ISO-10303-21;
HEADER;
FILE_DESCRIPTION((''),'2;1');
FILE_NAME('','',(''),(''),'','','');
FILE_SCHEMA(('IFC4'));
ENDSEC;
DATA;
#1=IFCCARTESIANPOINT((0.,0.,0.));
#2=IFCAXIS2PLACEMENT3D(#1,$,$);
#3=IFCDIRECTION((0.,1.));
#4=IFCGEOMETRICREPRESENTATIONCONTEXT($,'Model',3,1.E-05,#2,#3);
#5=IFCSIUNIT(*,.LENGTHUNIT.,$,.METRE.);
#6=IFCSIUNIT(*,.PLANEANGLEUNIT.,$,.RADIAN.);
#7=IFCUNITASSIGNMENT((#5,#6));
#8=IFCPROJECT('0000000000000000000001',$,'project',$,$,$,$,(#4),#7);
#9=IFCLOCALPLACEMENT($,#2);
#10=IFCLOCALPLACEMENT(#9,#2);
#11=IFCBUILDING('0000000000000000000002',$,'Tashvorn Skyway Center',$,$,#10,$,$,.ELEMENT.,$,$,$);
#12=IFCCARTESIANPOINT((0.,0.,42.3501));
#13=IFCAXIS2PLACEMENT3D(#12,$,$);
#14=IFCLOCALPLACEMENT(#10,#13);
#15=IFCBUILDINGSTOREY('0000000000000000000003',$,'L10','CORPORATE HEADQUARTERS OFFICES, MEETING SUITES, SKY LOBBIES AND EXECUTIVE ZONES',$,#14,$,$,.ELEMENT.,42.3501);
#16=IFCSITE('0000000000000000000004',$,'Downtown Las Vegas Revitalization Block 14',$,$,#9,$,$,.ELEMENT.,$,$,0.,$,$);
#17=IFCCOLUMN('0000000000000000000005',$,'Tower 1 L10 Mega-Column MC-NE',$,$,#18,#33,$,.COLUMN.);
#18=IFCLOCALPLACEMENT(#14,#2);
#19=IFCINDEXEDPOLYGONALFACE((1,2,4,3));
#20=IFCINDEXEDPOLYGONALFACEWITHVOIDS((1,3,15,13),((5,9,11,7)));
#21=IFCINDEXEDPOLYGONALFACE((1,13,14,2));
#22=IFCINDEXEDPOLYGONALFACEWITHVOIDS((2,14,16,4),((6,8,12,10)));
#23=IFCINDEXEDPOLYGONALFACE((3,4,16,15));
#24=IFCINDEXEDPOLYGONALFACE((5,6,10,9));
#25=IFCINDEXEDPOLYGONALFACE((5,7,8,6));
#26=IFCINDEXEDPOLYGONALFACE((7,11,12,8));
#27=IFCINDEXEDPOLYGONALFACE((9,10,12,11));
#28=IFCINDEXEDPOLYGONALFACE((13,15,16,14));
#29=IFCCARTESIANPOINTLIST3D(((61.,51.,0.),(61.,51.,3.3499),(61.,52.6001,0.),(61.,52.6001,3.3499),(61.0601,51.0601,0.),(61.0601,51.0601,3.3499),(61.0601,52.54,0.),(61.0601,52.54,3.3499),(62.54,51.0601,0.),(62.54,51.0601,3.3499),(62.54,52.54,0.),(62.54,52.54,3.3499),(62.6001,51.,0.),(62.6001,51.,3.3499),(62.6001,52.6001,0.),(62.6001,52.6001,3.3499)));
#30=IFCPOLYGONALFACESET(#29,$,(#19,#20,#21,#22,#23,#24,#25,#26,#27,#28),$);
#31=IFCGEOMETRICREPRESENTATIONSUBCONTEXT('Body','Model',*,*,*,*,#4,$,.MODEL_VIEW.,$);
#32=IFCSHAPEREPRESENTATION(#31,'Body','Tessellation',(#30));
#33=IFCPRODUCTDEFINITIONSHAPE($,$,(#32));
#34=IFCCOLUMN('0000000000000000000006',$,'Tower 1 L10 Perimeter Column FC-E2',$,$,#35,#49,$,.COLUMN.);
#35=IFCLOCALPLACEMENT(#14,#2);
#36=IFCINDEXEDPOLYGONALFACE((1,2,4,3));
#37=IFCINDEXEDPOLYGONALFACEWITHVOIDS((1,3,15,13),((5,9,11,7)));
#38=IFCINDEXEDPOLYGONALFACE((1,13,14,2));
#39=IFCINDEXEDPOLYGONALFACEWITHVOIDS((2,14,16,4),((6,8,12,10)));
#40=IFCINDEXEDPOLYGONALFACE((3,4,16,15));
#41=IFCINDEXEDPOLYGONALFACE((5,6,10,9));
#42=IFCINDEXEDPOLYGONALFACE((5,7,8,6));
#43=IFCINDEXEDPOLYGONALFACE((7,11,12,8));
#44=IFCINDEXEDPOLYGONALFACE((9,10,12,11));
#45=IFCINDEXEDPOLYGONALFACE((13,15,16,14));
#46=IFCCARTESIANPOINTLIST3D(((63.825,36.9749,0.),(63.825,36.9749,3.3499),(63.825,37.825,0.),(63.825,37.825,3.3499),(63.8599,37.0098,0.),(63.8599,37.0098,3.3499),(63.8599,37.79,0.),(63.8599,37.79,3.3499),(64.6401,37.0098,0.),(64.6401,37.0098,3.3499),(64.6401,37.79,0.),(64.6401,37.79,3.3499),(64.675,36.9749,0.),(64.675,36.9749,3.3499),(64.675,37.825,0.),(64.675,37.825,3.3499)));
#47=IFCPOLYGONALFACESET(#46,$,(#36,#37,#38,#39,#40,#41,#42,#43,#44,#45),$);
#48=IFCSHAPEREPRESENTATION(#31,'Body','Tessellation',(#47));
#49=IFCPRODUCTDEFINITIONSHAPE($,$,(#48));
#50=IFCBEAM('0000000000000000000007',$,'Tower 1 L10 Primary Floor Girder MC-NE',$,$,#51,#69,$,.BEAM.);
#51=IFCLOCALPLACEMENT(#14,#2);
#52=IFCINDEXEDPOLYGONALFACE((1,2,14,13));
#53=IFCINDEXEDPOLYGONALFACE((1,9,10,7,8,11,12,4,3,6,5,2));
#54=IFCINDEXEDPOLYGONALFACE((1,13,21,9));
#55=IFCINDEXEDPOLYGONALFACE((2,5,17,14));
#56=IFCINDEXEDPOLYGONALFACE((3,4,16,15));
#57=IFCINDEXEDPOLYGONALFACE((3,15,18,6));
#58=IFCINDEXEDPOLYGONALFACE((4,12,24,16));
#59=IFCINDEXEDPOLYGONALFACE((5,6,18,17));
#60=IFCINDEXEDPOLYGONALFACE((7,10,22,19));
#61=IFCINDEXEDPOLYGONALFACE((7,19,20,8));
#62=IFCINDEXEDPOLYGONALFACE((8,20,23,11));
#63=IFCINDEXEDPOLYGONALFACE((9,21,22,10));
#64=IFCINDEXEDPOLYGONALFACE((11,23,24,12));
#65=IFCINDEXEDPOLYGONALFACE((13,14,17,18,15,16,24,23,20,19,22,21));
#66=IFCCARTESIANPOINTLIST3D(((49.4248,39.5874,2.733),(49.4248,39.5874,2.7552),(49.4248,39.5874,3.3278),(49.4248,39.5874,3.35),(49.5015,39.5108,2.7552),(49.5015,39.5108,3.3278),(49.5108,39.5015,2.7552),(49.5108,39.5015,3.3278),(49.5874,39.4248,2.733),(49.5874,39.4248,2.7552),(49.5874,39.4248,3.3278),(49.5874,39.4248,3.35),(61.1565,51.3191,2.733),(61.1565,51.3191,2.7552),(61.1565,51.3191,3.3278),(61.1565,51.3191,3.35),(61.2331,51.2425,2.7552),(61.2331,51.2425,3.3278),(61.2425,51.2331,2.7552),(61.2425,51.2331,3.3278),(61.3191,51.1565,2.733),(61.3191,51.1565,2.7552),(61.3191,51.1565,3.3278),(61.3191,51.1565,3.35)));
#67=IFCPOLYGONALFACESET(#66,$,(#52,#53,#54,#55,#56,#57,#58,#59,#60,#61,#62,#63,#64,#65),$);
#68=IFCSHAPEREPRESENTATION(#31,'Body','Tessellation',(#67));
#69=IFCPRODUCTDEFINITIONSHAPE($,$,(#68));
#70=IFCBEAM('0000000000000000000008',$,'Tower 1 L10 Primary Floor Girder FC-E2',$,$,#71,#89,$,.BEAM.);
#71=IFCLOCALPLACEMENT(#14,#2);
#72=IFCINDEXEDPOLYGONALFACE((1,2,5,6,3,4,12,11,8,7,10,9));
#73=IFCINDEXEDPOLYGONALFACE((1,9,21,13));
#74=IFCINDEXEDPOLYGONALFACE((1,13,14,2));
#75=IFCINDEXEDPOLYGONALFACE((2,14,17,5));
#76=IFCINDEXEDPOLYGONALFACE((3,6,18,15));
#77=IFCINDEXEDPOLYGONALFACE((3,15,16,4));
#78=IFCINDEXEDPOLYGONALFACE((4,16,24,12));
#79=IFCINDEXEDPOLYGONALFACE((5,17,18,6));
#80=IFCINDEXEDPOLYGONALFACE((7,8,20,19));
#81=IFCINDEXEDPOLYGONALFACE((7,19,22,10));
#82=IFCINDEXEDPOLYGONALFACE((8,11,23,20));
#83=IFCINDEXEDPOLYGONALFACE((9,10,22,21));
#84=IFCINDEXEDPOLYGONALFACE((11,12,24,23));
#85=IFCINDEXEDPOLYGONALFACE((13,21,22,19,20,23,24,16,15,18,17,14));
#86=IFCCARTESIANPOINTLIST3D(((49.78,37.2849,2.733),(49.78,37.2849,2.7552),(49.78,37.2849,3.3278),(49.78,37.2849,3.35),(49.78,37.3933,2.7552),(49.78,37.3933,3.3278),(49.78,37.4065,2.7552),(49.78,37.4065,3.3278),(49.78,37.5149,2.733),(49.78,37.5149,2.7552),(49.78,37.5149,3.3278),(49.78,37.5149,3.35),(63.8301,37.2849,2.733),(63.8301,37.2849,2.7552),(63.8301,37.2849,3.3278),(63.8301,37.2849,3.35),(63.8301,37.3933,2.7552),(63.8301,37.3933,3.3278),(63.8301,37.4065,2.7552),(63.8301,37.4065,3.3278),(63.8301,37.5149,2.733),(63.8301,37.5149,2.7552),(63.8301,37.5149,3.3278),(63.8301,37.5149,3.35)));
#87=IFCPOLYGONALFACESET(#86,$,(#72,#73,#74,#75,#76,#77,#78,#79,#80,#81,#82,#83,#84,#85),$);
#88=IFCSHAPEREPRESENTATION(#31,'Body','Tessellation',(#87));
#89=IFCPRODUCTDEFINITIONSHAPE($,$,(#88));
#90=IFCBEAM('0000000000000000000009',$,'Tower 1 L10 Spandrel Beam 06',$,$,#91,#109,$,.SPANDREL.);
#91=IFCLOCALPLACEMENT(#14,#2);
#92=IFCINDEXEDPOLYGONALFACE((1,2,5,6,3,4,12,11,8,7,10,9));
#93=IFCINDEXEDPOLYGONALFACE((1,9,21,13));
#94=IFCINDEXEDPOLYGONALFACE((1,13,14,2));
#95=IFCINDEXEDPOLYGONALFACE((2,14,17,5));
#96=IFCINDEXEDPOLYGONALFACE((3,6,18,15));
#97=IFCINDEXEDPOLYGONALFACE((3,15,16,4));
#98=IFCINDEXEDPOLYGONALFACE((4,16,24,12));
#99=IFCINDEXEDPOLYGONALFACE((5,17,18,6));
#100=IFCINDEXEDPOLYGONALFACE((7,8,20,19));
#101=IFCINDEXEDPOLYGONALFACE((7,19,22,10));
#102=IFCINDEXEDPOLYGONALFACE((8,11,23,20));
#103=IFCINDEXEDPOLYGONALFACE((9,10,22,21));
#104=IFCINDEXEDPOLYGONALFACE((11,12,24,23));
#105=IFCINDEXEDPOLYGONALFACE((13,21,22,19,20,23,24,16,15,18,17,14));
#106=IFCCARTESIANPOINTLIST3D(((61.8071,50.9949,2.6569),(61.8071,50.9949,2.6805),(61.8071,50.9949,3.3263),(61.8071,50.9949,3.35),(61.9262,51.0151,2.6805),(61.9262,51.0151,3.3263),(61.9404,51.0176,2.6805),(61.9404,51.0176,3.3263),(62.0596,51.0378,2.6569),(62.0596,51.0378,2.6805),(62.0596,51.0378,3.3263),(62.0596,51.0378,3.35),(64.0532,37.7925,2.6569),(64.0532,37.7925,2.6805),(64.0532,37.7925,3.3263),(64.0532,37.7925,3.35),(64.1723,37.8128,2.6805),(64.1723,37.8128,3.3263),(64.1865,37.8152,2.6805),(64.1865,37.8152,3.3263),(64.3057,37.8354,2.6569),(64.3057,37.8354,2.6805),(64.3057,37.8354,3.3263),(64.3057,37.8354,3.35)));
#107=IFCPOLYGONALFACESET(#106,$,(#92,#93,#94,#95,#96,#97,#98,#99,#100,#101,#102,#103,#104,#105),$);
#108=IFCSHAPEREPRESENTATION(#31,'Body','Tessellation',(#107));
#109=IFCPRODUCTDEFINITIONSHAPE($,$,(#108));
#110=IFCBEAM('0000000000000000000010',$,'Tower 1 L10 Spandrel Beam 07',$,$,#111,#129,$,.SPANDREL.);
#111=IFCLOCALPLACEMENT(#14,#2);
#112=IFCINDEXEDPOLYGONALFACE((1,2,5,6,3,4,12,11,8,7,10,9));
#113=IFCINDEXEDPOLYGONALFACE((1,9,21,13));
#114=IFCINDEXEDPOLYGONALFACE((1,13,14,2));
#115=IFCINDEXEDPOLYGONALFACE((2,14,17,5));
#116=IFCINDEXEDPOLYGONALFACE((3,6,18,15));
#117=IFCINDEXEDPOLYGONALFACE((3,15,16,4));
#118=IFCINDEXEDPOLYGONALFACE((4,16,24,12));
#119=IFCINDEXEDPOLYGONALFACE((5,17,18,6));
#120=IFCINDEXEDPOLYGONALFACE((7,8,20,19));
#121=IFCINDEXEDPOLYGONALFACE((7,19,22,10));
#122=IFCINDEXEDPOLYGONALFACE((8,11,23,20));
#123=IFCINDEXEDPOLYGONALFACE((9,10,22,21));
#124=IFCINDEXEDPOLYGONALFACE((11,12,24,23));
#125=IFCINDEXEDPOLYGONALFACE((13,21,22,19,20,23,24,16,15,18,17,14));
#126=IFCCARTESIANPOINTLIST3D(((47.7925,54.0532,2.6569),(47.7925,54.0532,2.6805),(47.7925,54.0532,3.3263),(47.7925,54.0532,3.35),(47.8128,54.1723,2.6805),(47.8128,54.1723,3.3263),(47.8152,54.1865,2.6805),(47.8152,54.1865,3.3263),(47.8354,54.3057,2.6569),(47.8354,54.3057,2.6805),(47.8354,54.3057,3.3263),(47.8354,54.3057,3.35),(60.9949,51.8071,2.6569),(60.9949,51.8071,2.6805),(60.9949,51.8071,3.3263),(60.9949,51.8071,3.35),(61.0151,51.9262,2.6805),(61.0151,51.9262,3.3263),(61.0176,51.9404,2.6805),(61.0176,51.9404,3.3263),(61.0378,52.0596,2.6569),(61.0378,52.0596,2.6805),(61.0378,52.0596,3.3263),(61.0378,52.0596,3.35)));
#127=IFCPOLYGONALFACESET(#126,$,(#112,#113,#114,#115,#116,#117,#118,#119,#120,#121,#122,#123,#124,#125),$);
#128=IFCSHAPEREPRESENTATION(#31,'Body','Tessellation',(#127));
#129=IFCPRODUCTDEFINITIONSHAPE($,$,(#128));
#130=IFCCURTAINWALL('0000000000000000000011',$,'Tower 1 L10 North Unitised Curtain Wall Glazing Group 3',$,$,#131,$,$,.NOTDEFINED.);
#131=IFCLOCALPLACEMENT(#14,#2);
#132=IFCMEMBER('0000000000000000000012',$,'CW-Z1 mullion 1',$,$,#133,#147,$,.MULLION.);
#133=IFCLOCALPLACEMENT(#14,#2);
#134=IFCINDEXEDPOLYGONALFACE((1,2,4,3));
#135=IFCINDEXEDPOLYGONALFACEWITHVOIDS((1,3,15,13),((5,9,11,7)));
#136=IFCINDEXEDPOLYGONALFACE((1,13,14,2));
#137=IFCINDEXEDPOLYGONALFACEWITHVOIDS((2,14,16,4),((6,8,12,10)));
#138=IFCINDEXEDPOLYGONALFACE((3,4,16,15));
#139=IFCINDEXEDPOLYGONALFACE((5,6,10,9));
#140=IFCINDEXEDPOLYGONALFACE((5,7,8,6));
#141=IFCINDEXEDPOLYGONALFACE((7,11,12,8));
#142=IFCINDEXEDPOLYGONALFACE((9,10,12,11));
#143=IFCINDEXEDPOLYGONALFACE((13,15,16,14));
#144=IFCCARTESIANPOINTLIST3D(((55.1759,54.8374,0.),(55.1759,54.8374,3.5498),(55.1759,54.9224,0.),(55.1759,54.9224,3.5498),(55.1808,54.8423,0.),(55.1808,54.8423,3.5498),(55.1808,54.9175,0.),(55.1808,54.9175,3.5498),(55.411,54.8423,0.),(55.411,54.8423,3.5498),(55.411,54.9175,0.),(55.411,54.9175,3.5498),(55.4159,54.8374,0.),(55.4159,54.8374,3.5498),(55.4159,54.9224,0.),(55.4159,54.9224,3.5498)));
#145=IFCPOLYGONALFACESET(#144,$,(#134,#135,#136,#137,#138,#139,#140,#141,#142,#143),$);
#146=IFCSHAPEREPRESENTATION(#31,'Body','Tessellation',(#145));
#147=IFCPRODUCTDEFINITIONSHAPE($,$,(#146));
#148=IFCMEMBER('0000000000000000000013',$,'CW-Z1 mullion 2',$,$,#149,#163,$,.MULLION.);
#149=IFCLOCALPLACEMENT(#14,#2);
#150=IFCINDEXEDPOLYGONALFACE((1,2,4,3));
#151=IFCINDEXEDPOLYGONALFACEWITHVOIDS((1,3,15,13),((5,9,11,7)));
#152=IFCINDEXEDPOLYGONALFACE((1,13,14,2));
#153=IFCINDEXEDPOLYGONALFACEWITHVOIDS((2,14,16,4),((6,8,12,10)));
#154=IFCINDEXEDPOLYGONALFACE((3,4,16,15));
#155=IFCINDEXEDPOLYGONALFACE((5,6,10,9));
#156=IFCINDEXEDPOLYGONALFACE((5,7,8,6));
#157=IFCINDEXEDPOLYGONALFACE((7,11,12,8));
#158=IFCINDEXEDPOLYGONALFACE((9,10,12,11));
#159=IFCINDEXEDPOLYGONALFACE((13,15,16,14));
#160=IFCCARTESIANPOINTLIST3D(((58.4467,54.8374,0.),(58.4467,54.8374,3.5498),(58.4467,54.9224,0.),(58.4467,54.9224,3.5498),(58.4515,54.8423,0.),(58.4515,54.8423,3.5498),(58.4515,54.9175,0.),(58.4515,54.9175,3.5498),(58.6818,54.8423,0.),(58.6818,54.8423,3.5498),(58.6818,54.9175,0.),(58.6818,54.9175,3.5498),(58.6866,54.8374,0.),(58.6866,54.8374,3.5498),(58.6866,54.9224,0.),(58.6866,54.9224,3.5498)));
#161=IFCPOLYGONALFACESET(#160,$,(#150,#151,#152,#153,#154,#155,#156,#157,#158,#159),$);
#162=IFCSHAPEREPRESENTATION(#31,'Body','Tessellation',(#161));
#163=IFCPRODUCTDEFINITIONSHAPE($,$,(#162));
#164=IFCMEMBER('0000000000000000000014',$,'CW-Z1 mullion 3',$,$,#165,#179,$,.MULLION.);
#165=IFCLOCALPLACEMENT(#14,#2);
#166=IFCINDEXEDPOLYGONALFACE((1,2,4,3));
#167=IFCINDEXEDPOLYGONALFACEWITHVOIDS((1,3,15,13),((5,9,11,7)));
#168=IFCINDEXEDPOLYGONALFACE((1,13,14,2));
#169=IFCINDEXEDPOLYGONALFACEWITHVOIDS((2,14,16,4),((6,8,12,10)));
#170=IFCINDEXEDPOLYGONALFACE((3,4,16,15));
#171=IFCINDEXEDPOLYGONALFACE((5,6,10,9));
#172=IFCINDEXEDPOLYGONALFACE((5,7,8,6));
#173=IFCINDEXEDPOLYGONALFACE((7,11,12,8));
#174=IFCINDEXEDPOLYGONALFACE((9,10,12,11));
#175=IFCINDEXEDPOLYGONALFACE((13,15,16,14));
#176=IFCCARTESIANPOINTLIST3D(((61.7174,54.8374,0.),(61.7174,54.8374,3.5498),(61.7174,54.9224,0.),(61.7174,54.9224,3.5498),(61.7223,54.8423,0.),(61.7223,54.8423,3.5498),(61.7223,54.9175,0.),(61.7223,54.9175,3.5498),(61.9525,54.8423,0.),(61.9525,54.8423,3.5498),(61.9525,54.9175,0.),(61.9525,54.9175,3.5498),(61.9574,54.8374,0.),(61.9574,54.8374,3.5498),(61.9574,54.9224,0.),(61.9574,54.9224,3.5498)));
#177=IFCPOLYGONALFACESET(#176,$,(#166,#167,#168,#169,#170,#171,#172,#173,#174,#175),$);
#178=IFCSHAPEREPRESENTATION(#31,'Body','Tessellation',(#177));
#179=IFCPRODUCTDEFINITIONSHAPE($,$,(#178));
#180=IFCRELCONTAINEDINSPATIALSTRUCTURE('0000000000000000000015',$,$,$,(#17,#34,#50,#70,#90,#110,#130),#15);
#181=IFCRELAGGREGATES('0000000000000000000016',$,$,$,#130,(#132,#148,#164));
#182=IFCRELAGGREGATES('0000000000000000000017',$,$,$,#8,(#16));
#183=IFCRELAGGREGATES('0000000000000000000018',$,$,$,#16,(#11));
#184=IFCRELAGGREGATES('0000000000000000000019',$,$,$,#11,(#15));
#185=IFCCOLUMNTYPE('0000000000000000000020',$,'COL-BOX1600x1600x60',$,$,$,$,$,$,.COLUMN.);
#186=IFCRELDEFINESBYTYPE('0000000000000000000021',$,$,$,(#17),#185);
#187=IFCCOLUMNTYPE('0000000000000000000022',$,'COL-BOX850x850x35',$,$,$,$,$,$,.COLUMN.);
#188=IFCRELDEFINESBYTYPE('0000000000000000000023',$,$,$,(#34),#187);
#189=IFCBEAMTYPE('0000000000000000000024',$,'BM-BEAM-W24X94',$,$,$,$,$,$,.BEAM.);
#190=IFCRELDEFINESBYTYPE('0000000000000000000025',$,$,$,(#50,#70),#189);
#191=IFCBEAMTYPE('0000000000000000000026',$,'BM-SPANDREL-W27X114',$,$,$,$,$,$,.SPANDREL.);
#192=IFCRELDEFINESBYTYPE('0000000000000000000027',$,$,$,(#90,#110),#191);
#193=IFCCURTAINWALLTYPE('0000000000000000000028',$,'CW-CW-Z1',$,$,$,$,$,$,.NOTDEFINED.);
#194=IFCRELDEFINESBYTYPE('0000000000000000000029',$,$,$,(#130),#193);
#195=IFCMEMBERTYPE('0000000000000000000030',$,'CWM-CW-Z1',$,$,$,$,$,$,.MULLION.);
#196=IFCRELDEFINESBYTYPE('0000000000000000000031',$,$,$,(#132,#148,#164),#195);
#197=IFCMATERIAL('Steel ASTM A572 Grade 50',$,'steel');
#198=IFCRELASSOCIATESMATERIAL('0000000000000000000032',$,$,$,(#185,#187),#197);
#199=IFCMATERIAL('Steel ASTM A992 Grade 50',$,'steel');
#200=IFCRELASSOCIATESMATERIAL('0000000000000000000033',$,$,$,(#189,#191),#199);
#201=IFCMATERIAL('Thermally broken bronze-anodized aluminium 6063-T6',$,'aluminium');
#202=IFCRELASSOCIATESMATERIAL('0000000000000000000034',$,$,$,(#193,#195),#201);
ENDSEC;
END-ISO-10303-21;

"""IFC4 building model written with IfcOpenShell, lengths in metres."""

from ifc_helpers import new_model, si_unit, direction, frame, origin, origin_2d, place, context, subcontext, project, spatial, hollow_rectangle, i_section, extrude, material, material_profile, profile_set, type_object, element, aggregate, save


model = new_model("IFC4")

# Units and contexts
model_context = context("Model", 3, precision=1e-05, world=origin(), true_north=direction((0.0, 1.0)))
body_context = subcontext(model_context, "Body", "Model", "MODEL_VIEW")
ifc_project = project(units=[si_unit("LENGTHUNIT", "METRE"), si_unit("PLANEANGLEUNIT", "RADIAN")], contexts=[model_context])

# Site, building, storey
site_placement = place(None, origin())
site = spatial("IfcSite", under=ifc_project, at=site_placement, Name="Downtown Las Vegas Revitalization Block 14", CompositionType="ELEMENT", RefElevation=0.0)
building_placement = place(site_placement, origin())
building = spatial("IfcBuilding", under=site, at=building_placement, Name="Tashvorn Skyway Center", CompositionType="ELEMENT")
storey_placement = place(building_placement, frame((0.0, 0.0, 42.3501)))
storey = spatial("IfcBuildingStorey", under=building, at=storey_placement, Name="L10", Description="CORPORATE HEADQUARTERS OFFICES, MEETING SUITES, SKY LOBBIES AND EXECUTIVE ZONES", CompositionType="ELEMENT", Elevation=42.3501)

# Columns
ifc_material_1 = material(Name="Steel ASTM A572 Grade 50", Category="steel")
ifc_material_profile_1 = material_profile(ifc_material_1, hollow_rectangle(XDim=1.6001, YDim=1.6001, WallThickness=0.0601, at=origin_2d()), Name="BOX1600x1600x60")
ifc_profile_set_1 = profile_set([ifc_material_profile_1], Name="Steel ASTM A572 Grade 50")
column_type_1 = type_object("IfcColumnType", Name="COL-BOX1600x1600x60", PredefinedType="COLUMN", material=ifc_profile_set_1)
column_1_placement = place(storey_placement, frame((61.8, 51.8, 0.0), z_axis=(0.0, 0.0, 1.0), x_axis=(1.0, 0.0, 0.0)))
element("IfcColumn", 1, at=column_1_placement, inside=storey, type_object=column_type_1, Name="Tower 1 L10 Mega-Column MC-NE", PredefinedType="COLUMN", context=body_context, shape_type="SweptSolid", body=[
    extrude(hollow_rectangle(XDim=1.6001, YDim=1.6001, WallThickness=0.0601, at=origin_2d()), origin(), (0.0, 0.0, 1.0), 3.3499),
])
ifc_material_profile_2 = material_profile(ifc_material_1, hollow_rectangle(XDim=0.8501, YDim=0.8501, WallThickness=0.0349, at=origin_2d()), Name="BOX850x850x35")
ifc_profile_set_2 = profile_set([ifc_material_profile_2], Name="Steel ASTM A572 Grade 50")
column_type_2 = type_object("IfcColumnType", Name="COL-BOX850x850x35", PredefinedType="COLUMN", material=ifc_profile_set_2)
column_2_placement = place(storey_placement, frame((64.25, 37.3999, 0.0), z_axis=(0.0, 0.0, 1.0), x_axis=(1.0, 0.0, 0.0)))
element("IfcColumn", 2, at=column_2_placement, inside=storey, type_object=column_type_2, Name="Tower 1 L10 Perimeter Column FC-E2", PredefinedType="COLUMN", context=body_context, shape_type="SweptSolid", body=[
    extrude(hollow_rectangle(XDim=0.8501, YDim=0.8501, WallThickness=0.0349, at=origin_2d()), origin(), (0.0, 0.0, 1.0), 3.3499),
])

# Beams
ifc_material_2 = material(Name="Steel ASTM A992 Grade 50", Category="steel")
ifc_material_profile_3 = material_profile(ifc_material_2, i_section(OverallWidth=0.23, OverallDepth=0.6169, WebThickness=0.0132, FlangeThickness=0.0222, at=origin_2d()), Name="W24X94")
ifc_profile_set_3 = profile_set([ifc_material_profile_3], Name="Steel ASTM A992 Grade 50")
beam_type_1 = type_object("IfcBeamType", Name="BM-BEAM-W24X94", PredefinedType="BEAM", material=ifc_profile_set_3)
beam_1_placement = place(storey_placement, frame((61.2378, 51.2378, 3.0415), z_axis=(-0.707107, -0.707107, 0.0), x_axis=(0.707107, -0.707107, 0.0)))
element("IfcBeam", 3, at=beam_1_placement, inside=storey, type_object=beam_type_1, Name="Tower 1 L10 Primary Floor Girder MC-NE", PredefinedType="BEAM", context=body_context, shape_type="SweptSolid", body=[
    extrude(i_section(OverallWidth=0.23, OverallDepth=0.6169, WebThickness=0.0132, FlangeThickness=0.0222, at=origin_2d()), origin(), (0.0, 0.0, 1.0), 16.5911),
])
beam_2_placement = place(storey_placement, frame((63.8301, 37.3999, 3.0415), z_axis=(-1.0, 0.0, 0.0), x_axis=(0.0, -1.0, 0.0)))
element("IfcBeam", 4, at=beam_2_placement, inside=storey, type_object=beam_type_1, Name="Tower 1 L10 Primary Floor Girder FC-E2", PredefinedType="BEAM", context=body_context, shape_type="SweptSolid", body=[
    extrude(i_section(OverallWidth=0.23, OverallDepth=0.6169, WebThickness=0.0132, FlangeThickness=0.0222, at=origin_2d()), origin(), (0.0, 0.0, 1.0), 14.05),
])
ifc_material_profile_4 = material_profile(ifc_material_2, i_section(OverallWidth=0.2561, OverallDepth=0.6931, WebThickness=0.0144, FlangeThickness=0.0237, at=origin_2d()), Name="W27X114")
ifc_profile_set_4 = profile_set([ifc_material_profile_4], Name="Steel ASTM A992 Grade 50")
beam_type_2 = type_object("IfcBeamType", Name="BM-SPANDREL-W27X114", PredefinedType="SPANDREL", material=ifc_profile_set_4)
for number, where, z_axis, x_axis, name in (
    (5, (64.1794, 37.814, 3.0034), (-0.167718, 0.985835, 0.0), (-0.985835, -0.167718, 0.0), "Tower 1 L10 Spandrel Beam 06"),
    (6, (61.0164, 51.9333, 3.0034), (-0.985835, 0.167718, 0.0), (-0.167718, -0.985835, 0.0), "Tower 1 L10 Spandrel Beam 07"),
):
    element("IfcBeam", number, at=place(storey_placement, frame(where, z_axis=z_axis, x_axis=x_axis)), inside=storey, type_object=beam_type_2, Name=name, PredefinedType="SPANDREL", context=body_context, shape_type="SweptSolid", body=[
        extrude(i_section(OverallWidth=0.2561, OverallDepth=0.6931, WebThickness=0.0144, FlangeThickness=0.0237, at=origin_2d()), origin(), (0.0, 0.0, 1.0), 13.3921),
    ])

# Curtain wall, members
ifc_material_3 = material(Name="Thermally broken bronze-anodized aluminium 6063-T6", Category="aluminium")
curtain_wall_type = type_object("IfcCurtainWallType", Name="CW-CW-Z1", PredefinedType="NOTDEFINED", material=ifc_material_3)
curtain_wall_1_placement = place(storey_placement, origin())
curtain_wall_1 = element("IfcCurtainWall", 7, at=curtain_wall_1_placement, inside=storey, type_object=curtain_wall_type, Name="Tower 1 L10 North Unitised Curtain Wall Glazing Group 3", PredefinedType="NOTDEFINED")
ifc_material_profile_5 = material_profile(ifc_material_3, hollow_rectangle(XDim=0.085, YDim=0.24, WallThickness=0.0049, at=origin_2d()), Name="ALU-MULL-85x240")
ifc_profile_set_5 = profile_set([ifc_material_profile_5], Name="Thermally broken bronze-anodized aluminium 6063-T6")
member_type_1 = type_object("IfcMemberType", Name="CWM-CW-Z1", PredefinedType="MULLION", material=ifc_profile_set_5)
member_1_placement = place(storey_placement, frame((55.2959, 54.8799, 0.0), z_axis=(0.0, 0.0, 1.0), x_axis=(0.0, 1.0, 0.0)))
member_1 = element("IfcMember", 8, at=member_1_placement, type_object=member_type_1, Name="CW-Z1 mullion 1", PredefinedType="MULLION", context=body_context, shape_type="SweptSolid", body=[
    extrude(hollow_rectangle(XDim=0.085, YDim=0.24, WallThickness=0.0049, at=origin_2d()), origin(), (0.0, 0.0, 1.0), 3.5498),
])
member_2_placement = place(storey_placement, frame((58.5667, 54.8799, 0.0), z_axis=(0.0, 0.0, 1.0), x_axis=(0.0, 1.0, 0.0)))
member_2 = element("IfcMember", 9, at=member_2_placement, type_object=member_type_1, Name="CW-Z1 mullion 2", PredefinedType="MULLION", context=body_context, shape_type="SweptSolid", body=[
    extrude(hollow_rectangle(XDim=0.085, YDim=0.24, WallThickness=0.0049, at=origin_2d()), origin(), (0.0, 0.0, 1.0), 3.5498),
])
member_3_placement = place(storey_placement, frame((61.8374, 54.8799, 0.0), z_axis=(0.0, 0.0, 1.0), x_axis=(0.0, 1.0, 0.0)))
member_3 = element("IfcMember", 10, at=member_3_placement, type_object=member_type_1, Name="CW-Z1 mullion 3", PredefinedType="MULLION", context=body_context, shape_type="SweptSolid", body=[
    extrude(hollow_rectangle(XDim=0.085, YDim=0.24, WallThickness=0.0049, at=origin_2d()), origin(), (0.0, 0.0, 1.0), 3.5498),
])

aggregate(curtain_wall_1, [member_1, member_2, member_3])

save(model, "model.ifc")
